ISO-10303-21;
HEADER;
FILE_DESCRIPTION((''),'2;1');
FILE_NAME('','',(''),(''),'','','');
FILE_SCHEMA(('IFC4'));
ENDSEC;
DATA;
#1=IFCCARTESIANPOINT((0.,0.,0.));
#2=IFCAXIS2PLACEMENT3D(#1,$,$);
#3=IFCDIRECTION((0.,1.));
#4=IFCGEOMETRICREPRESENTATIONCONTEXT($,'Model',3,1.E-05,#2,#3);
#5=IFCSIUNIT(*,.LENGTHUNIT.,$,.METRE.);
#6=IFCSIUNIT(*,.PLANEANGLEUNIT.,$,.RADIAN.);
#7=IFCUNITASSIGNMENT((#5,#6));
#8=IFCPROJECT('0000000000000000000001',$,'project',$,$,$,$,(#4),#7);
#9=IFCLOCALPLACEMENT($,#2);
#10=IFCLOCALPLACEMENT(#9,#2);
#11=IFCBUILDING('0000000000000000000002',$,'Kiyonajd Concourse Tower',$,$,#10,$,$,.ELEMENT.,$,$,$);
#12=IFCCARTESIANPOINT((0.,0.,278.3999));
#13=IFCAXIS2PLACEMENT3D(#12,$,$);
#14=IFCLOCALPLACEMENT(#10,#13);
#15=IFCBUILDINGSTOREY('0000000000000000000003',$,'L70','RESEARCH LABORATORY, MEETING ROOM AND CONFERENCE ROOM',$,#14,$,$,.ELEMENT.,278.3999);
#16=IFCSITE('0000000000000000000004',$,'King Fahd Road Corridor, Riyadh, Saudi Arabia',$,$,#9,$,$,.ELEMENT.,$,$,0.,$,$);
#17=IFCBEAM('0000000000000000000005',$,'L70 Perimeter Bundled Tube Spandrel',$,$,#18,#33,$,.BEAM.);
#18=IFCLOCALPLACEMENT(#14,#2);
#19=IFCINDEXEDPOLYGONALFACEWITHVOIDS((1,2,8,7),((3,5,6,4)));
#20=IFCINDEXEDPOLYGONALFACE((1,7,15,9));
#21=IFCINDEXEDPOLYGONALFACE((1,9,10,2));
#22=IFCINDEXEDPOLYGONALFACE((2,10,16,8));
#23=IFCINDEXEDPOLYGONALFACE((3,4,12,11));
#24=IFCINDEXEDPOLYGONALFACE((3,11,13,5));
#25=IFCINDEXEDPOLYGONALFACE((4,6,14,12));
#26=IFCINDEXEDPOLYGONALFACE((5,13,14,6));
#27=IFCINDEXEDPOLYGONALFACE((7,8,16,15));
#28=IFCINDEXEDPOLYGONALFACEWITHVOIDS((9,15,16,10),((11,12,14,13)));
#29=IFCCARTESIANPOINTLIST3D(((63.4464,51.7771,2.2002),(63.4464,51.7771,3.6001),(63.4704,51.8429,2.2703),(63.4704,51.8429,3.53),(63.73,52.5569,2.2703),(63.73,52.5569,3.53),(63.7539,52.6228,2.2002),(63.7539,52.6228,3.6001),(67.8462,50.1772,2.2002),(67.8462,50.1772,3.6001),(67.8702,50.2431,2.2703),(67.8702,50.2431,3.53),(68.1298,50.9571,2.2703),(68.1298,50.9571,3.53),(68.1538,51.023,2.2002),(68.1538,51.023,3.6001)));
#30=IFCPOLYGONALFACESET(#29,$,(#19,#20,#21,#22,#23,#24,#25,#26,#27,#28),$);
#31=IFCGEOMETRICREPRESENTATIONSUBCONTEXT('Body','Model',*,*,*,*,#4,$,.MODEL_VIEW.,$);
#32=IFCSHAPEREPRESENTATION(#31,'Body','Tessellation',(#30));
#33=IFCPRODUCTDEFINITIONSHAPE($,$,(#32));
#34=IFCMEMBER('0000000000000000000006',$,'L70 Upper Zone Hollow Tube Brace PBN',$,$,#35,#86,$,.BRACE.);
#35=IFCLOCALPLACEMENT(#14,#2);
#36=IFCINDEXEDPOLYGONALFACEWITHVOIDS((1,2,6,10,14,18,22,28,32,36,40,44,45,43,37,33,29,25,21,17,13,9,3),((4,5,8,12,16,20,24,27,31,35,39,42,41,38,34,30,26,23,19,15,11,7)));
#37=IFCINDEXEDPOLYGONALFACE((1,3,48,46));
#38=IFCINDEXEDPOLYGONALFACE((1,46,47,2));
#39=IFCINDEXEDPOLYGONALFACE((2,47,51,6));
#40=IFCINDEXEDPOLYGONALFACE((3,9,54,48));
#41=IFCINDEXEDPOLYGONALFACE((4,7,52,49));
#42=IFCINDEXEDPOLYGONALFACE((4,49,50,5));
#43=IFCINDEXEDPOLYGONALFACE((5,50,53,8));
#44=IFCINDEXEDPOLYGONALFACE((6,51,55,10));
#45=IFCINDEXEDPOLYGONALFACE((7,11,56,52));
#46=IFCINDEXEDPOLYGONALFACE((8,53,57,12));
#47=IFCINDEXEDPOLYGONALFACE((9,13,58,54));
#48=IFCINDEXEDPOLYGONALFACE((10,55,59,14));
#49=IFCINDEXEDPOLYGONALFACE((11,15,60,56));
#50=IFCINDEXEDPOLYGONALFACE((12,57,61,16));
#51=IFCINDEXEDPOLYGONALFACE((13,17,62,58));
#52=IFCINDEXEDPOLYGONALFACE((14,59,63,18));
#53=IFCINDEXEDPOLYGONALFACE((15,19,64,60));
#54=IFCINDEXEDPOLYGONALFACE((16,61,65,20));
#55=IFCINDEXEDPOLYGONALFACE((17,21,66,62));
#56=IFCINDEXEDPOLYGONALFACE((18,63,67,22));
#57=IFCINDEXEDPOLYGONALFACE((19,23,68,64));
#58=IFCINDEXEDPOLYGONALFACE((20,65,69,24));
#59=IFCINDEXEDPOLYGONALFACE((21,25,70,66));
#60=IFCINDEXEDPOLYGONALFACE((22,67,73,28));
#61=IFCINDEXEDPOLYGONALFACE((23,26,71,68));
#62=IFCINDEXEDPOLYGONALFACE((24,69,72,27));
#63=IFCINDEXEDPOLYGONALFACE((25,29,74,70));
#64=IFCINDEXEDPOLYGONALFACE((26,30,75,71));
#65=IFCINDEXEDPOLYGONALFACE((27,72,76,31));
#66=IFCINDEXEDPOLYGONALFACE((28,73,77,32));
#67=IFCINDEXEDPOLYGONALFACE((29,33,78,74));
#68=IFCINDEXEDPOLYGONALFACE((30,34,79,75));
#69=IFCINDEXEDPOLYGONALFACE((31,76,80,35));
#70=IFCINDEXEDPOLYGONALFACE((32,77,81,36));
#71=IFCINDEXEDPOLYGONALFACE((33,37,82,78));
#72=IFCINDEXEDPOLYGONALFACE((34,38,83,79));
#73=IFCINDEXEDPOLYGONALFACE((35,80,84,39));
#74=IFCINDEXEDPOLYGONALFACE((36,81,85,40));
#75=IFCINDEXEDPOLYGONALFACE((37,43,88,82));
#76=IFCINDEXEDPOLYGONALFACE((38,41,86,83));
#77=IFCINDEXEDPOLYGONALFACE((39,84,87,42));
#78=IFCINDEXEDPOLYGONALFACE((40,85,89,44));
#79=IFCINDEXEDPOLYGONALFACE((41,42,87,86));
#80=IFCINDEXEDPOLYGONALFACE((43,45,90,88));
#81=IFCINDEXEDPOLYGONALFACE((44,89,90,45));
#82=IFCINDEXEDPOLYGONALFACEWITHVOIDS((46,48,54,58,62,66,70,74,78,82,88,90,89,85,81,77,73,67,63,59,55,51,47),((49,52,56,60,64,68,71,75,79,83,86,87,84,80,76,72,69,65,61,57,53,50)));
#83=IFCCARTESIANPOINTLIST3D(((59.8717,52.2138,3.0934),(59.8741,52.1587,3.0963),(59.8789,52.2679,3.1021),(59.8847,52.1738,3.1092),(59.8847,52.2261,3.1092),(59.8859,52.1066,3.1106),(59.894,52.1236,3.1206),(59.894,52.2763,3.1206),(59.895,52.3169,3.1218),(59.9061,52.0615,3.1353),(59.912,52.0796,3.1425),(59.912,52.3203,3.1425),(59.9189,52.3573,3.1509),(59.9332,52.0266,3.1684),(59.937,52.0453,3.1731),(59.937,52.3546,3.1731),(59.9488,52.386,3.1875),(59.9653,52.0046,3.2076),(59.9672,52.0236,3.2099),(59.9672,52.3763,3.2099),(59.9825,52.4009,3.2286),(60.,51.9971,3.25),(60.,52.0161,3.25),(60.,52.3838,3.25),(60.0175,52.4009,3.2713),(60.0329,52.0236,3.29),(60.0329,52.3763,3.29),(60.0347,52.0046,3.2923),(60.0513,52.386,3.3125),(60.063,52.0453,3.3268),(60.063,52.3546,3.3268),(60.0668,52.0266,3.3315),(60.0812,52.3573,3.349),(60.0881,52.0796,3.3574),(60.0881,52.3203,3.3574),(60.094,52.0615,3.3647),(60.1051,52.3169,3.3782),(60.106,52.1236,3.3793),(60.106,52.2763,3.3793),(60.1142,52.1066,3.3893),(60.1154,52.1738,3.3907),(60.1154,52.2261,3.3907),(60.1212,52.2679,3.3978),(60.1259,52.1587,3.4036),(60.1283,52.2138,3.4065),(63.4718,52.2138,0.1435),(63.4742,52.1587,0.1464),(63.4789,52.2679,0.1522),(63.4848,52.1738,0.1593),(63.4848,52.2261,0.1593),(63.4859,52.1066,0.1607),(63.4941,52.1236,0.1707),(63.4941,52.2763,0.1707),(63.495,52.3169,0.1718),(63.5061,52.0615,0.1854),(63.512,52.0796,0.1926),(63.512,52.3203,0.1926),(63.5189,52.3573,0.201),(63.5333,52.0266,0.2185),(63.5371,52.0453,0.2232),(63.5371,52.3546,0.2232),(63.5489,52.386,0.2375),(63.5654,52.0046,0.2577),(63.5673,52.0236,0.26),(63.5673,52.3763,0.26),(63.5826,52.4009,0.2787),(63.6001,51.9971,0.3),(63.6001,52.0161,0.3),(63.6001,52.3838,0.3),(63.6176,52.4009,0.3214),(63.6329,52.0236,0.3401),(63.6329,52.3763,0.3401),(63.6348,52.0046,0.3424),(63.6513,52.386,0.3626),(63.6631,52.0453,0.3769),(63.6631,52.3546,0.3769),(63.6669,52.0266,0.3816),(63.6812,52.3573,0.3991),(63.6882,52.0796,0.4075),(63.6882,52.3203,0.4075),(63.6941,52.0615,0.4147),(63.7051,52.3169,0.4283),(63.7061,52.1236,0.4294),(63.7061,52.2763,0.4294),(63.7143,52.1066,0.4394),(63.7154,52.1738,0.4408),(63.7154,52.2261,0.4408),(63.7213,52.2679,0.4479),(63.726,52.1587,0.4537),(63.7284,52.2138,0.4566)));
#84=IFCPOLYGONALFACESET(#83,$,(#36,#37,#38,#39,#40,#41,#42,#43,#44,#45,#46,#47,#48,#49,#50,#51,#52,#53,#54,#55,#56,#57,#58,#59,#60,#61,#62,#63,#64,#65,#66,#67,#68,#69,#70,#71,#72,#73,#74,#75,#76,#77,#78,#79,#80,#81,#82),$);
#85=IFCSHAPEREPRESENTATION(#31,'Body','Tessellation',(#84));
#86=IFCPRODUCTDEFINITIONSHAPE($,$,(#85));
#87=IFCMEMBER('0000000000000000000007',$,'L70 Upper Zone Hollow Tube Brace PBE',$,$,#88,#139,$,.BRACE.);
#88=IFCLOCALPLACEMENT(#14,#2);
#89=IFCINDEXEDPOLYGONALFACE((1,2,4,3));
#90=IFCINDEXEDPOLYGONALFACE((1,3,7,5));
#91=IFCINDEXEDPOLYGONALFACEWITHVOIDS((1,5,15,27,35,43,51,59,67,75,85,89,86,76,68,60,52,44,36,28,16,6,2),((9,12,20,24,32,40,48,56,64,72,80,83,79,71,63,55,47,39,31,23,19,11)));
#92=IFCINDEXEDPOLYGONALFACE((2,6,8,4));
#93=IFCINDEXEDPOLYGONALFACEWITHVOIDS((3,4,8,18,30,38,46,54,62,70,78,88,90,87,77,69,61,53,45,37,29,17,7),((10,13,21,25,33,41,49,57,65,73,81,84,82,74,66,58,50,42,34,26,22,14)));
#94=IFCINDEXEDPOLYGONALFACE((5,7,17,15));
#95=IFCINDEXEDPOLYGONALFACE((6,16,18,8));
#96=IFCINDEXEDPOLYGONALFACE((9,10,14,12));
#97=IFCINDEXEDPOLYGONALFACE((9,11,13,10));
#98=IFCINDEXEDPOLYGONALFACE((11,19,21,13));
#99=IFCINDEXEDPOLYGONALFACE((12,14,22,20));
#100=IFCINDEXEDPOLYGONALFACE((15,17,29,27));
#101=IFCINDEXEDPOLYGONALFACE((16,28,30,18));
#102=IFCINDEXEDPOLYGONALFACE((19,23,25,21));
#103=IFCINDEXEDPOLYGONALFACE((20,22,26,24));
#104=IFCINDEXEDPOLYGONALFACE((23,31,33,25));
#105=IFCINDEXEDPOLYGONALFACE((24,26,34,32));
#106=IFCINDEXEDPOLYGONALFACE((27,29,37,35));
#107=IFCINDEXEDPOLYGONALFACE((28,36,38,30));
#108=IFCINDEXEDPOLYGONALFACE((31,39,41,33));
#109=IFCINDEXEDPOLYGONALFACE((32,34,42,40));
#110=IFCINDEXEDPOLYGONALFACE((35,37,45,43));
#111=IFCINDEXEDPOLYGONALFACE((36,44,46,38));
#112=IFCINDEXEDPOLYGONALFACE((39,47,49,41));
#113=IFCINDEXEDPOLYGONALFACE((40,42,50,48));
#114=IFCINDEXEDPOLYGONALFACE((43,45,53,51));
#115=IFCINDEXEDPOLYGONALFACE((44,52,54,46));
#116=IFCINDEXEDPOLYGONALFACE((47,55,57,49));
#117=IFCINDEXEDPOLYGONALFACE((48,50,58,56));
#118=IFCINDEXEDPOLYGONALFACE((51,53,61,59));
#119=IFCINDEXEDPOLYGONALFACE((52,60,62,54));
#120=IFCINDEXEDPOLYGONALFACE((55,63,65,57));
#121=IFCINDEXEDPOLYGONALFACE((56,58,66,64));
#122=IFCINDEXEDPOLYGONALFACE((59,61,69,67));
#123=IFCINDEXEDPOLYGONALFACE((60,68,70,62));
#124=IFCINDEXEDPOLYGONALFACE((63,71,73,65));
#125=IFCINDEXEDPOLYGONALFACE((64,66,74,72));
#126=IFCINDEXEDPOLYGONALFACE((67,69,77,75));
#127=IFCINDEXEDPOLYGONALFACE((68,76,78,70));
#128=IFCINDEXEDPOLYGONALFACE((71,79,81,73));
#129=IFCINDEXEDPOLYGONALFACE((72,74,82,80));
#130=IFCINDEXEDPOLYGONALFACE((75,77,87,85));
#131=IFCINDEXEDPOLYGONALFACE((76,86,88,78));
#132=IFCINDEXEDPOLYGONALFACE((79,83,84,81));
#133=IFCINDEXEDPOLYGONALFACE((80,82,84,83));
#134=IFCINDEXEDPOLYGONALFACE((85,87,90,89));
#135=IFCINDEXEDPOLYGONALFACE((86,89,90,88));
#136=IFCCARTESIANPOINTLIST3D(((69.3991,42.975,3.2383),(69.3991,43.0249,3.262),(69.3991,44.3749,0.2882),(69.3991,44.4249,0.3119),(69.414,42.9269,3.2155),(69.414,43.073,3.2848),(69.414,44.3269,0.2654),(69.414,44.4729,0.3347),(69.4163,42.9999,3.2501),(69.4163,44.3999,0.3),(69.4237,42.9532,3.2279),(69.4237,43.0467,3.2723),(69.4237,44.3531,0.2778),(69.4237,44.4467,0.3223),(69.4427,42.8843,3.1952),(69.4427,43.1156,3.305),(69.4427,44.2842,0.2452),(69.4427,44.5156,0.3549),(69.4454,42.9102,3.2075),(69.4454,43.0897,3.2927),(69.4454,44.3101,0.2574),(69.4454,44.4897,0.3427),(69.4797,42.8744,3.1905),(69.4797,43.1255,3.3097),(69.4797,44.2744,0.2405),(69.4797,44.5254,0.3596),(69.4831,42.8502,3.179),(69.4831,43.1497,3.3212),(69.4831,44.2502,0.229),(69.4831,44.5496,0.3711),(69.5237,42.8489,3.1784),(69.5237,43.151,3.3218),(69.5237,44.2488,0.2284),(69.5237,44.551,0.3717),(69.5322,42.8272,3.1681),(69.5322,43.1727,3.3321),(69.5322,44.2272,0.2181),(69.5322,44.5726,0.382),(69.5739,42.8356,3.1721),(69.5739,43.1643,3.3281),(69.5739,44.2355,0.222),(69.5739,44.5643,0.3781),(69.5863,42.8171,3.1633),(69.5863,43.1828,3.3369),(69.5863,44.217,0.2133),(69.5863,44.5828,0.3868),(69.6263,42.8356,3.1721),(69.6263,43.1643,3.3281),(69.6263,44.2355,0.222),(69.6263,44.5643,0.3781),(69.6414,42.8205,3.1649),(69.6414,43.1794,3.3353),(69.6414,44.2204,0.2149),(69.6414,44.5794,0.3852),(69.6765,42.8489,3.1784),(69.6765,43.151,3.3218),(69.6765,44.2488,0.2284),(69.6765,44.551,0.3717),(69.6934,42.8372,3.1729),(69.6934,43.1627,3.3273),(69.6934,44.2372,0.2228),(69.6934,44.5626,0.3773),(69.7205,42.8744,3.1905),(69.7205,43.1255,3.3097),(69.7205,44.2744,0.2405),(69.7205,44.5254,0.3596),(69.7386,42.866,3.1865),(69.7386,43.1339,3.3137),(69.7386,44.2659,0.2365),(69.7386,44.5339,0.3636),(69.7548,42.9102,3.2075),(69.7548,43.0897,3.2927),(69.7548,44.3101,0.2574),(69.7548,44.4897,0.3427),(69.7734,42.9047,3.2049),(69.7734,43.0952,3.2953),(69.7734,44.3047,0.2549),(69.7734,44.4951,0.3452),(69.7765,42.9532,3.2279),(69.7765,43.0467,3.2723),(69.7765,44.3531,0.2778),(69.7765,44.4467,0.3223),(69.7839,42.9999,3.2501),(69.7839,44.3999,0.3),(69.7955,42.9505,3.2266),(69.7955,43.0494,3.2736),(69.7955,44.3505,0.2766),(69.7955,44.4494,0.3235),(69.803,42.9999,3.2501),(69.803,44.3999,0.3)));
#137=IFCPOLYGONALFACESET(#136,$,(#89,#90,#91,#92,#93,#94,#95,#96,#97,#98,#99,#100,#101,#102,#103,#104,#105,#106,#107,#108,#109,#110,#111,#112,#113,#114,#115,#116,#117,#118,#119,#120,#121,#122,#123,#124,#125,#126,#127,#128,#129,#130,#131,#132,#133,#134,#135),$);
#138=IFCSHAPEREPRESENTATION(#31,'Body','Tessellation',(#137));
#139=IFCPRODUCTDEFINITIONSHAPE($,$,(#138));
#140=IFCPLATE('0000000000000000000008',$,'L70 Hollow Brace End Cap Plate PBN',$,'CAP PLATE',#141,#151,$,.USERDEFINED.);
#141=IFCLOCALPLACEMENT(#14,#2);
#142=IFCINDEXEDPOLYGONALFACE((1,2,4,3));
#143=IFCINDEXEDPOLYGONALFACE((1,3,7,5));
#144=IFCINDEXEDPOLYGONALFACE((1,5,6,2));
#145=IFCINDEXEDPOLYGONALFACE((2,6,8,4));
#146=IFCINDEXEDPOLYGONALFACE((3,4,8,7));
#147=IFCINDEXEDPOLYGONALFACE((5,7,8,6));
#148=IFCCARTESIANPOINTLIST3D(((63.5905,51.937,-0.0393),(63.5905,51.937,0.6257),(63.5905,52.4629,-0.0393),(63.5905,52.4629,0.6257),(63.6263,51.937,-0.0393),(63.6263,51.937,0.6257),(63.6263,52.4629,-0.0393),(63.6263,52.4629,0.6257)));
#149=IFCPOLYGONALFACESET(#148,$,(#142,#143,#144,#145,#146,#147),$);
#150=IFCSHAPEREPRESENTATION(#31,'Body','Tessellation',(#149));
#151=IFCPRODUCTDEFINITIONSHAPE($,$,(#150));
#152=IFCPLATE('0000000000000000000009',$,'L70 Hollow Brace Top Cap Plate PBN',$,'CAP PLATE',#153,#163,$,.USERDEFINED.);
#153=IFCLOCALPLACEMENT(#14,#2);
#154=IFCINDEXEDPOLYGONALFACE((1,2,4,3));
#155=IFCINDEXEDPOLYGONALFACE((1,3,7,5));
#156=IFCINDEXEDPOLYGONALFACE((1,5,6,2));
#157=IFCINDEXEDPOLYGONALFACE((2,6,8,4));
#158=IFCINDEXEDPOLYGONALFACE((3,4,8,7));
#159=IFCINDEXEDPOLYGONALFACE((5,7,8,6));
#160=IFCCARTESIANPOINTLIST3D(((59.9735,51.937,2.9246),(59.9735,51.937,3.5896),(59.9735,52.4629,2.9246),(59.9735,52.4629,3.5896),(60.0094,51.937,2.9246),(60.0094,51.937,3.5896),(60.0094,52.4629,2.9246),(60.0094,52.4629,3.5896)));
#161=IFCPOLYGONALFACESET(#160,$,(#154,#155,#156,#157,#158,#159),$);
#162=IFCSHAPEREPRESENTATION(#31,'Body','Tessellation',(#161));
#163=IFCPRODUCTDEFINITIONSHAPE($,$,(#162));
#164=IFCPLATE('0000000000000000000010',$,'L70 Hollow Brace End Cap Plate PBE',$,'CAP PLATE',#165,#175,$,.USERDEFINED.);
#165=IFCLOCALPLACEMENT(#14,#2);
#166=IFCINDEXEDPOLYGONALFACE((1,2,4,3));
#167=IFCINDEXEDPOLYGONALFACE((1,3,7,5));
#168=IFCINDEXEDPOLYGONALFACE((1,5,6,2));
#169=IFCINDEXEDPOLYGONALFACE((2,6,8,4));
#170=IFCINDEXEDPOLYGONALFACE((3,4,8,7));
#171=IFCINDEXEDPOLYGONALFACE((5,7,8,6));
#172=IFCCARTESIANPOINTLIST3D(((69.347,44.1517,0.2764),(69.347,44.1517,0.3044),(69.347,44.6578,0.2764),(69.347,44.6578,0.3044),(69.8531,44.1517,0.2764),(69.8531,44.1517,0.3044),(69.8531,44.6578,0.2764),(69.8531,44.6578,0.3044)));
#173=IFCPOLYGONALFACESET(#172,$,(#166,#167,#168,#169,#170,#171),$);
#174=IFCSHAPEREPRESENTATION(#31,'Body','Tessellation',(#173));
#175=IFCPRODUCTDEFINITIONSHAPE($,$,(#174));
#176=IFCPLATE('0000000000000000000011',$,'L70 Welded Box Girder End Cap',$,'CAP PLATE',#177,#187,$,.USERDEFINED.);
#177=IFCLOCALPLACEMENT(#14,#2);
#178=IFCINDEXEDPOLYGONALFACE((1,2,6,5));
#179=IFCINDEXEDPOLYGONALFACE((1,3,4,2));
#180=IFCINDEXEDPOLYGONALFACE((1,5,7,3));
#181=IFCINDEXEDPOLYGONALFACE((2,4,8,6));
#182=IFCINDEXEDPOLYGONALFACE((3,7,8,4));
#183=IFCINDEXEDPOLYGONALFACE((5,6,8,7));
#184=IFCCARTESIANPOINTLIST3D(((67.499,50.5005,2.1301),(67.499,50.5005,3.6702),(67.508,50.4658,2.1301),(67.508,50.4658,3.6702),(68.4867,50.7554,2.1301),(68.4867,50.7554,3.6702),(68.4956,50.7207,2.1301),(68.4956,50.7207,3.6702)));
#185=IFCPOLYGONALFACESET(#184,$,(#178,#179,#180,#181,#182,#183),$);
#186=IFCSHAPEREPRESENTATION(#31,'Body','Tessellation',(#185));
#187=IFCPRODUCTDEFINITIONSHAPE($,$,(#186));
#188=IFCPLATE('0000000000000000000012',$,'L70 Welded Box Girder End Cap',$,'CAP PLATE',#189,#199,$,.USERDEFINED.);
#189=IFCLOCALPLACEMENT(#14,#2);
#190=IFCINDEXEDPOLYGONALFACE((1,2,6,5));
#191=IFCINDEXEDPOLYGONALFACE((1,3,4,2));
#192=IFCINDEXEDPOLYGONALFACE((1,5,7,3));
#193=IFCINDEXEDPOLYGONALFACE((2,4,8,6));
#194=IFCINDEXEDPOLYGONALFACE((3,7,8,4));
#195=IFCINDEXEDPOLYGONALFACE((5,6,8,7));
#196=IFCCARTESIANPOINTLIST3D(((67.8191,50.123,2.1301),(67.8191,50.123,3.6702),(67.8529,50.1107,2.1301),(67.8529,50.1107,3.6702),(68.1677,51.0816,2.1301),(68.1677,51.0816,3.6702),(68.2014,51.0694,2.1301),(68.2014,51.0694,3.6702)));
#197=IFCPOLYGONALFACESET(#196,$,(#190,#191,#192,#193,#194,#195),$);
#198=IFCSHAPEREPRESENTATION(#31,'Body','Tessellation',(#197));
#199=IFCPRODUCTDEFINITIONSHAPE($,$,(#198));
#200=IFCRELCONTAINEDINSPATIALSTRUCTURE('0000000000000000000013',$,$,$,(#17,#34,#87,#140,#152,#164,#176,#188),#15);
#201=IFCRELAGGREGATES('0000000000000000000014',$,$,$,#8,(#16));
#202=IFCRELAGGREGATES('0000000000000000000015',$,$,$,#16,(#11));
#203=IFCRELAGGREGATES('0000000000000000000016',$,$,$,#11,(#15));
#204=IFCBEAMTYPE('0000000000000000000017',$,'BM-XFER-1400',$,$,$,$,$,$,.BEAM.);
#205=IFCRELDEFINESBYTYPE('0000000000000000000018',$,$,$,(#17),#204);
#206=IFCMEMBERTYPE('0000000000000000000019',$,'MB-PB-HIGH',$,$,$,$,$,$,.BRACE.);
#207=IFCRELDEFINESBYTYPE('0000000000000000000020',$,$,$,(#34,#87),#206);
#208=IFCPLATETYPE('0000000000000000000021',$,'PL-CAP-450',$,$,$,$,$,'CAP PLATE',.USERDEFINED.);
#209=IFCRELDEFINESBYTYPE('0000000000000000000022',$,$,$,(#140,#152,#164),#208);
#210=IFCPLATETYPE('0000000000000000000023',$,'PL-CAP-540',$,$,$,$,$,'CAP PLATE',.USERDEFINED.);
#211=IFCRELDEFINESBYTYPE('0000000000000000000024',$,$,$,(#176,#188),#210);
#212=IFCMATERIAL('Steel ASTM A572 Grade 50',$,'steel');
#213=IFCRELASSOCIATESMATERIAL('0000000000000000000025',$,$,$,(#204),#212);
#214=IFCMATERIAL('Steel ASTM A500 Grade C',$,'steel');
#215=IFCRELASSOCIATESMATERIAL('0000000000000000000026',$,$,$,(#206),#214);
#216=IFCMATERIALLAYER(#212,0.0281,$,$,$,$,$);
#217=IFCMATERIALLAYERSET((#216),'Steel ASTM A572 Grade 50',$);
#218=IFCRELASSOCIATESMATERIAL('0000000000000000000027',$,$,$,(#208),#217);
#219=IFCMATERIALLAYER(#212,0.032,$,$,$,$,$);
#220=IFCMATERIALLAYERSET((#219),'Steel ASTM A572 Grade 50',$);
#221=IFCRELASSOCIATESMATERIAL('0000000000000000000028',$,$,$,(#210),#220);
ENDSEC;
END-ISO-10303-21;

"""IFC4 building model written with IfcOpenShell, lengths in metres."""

from ifc_helpers import new_model, si_unit, direction, frame, origin, origin_2d, place, context, subcontext, project, spatial, rectangle, hollow_rectangle, hollow_circle, extrude, material, layer, layer_set, material_profile, profile_set, type_object, element, save


model = new_model("IFC4")

# Units and contexts
model_context = context("Model", 3, precision=1e-05, world=origin(), true_north=direction((0.0, 1.0)))
body_context = subcontext(model_context, "Body", "Model", "MODEL_VIEW")
ifc_project = project(units=[si_unit("LENGTHUNIT", "METRE"), si_unit("PLANEANGLEUNIT", "RADIAN")], contexts=[model_context])

# Site, building, storey
site_placement = place(None, origin())
site = spatial("IfcSite", under=ifc_project, at=site_placement, Name="King Fahd Road Corridor, Riyadh, Saudi Arabia", CompositionType="ELEMENT", RefElevation=0.0)
building_placement = place(site_placement, origin())
building = spatial("IfcBuilding", under=site, at=building_placement, Name="Kiyonajd Concourse Tower", CompositionType="ELEMENT")
storey_placement = place(building_placement, frame((0.0, 0.0, 278.3999)))
storey = spatial("IfcBuildingStorey", under=building, at=storey_placement, Name="L70", Description="RESEARCH LABORATORY, MEETING ROOM AND CONFERENCE ROOM", CompositionType="ELEMENT", Elevation=278.3999)

# Beam
ifc_material_1 = material(Name="Steel ASTM A572 Grade 50", Category="steel")
ifc_material_profile_1 = material_profile(ifc_material_1, hollow_rectangle(XDim=0.8999, YDim=1.3999, WallThickness=0.0701, at=origin_2d()), Name="BOX-1400x900x70")
ifc_profile_set_1 = profile_set([ifc_material_profile_1], Name="Steel ASTM A572 Grade 50")
beam_type_1 = type_object("IfcBeamType", Name="BM-XFER-1400", PredefinedType="BEAM", material=ifc_profile_set_1)
beam_1_placement = place(storey_placement, frame((68.0, 50.6001, 2.9001), z_axis=(-0.939801, 0.341722, 0.0), x_axis=(-0.341722, -0.939801, 0.0)))
element("IfcBeam", 1, at=beam_1_placement, inside=storey, type_object=beam_type_1, Name="L70 Perimeter Bundled Tube Spandrel", PredefinedType="BEAM", context=body_context, shape_type="SweptSolid", body=[
    extrude(hollow_rectangle(XDim=0.8999, YDim=1.3999, WallThickness=0.0701, at=origin_2d()), origin(), (0.0, 0.0, 1.0), 4.6816),
])

# Members
ifc_material_2 = material(Name="Steel ASTM A500 Grade C", Category="steel")
ifc_material_profile_2 = material_profile(ifc_material_2, hollow_circle(Radius=0.2029, WallThickness=0.019, at=origin_2d()), Name="CHS-406x19")
ifc_profile_set_2 = profile_set([ifc_material_profile_2], Name="Steel ASTM A500 Grade C")
member_type = type_object("IfcMemberType", Name="MB-PB-HIGH", PredefinedType="BRACE", material=ifc_profile_set_2)
member_1_placement = place(storey_placement, frame((63.6001, 52.2, 0.3), z_axis=(-0.773492, 0.0, 0.633806), x_axis=(0.0, -1.0, 0.0)))
element("IfcMember", 2, at=member_1_placement, inside=storey, type_object=member_type, Name="L70 Upper Zone Hollow Tube Brace PBN", PredefinedType="BRACE", context=body_context, shape_type="SweptSolid", body=[
    extrude(hollow_circle(Radius=0.2029, WallThickness=0.019, at=origin_2d()), origin(), (0.0, 0.0, 1.0), 4.6543),
])
member_2_placement = place(storey_placement, frame((69.6001, 44.3999, 0.3), z_axis=(0.0, -0.428726, 0.903435), x_axis=(1.0, 0.0, 0.0)))
element("IfcMember", 3, at=member_2_placement, inside=storey, type_object=member_type, Name="L70 Upper Zone Hollow Tube Brace PBE", PredefinedType="BRACE", context=body_context, shape_type="SweptSolid", body=[
    extrude(hollow_circle(Radius=0.2029, WallThickness=0.019, at=origin_2d()), origin(), (0.0, 0.0, 1.0), 3.2654),
])

# Plates
ifc_layer_1 = layer(ifc_material_1, 0.0281)
ifc_layer_set_1 = layer_set([ifc_layer_1], Name="Steel ASTM A572 Grade 50")
plate_type_1 = type_object("IfcPlateType", Name="PL-CAP-450", ElementType="CAP PLATE", PredefinedType="USERDEFINED", material=ifc_layer_set_1)
for number, where, z_axis, x_axis, name in (
    (4, (63.6084, 52.2, -0.0393), (0.0, 0.0, 1.0), (1.0, 0.0, 0.0), "L70 Hollow Brace End Cap Plate PBN"),
    (5, (59.9915, 52.2, 2.9246), (0.0, 0.0, 1.0), (-1.0, 0.0, 0.0), "L70 Hollow Brace Top Cap Plate PBN"),
):
    element("IfcPlate", number, at=place(storey_placement, frame(where, z_axis=z_axis, x_axis=x_axis)), inside=storey, type_object=plate_type_1, Name=name, ObjectType="CAP PLATE", PredefinedType="USERDEFINED", context=body_context, shape_type="SweptSolid", body=[
        extrude(rectangle(XDim=0.0359, YDim=0.5259, at=origin_2d()), origin(), (0.0, 0.0, 1.0), 0.665),
    ])
plate_placement = place(storey_placement, frame((69.6001, 44.4048, 0.2764), z_axis=(0.0, 0.0, 1.0), x_axis=(1.0, 0.0, 0.0)))
element("IfcPlate", 6, at=plate_placement, inside=storey, type_object=plate_type_1, Name="L70 Hollow Brace End Cap Plate PBE", ObjectType="CAP PLATE", PredefinedType="USERDEFINED", context=body_context, shape_type="SweptSolid", body=[
    extrude(rectangle(XDim=0.5061, YDim=0.5061, at=origin_2d()), origin(), (0.0, 0.0, 1.0), 0.0281),
])
ifc_layer_2 = layer(ifc_material_1, 0.032)
ifc_layer_set_2 = layer_set([ifc_layer_2], Name="Steel ASTM A572 Grade 50")
plate_type_2 = type_object("IfcPlateType", Name="PL-CAP-540", ElementType="CAP PLATE", PredefinedType="USERDEFINED", material=ifc_layer_set_2)
for number, where, z_axis, x_axis, name in (
    (7, (67.9973, 50.6106, 2.1301), (0.0, 0.0, 1.0), (-0.249873, 0.968279, 0.0), "L70 Welded Box Girder End Cap"),
    (8, (68.0103, 50.5962, 2.1301), (0.0, 0.0, 1.0), (0.939812, -0.341692, 0.0), "L70 Welded Box Girder End Cap"),
):
    element("IfcPlate", number, at=place(storey_placement, frame(where, z_axis=z_axis, x_axis=x_axis)), inside=storey, type_object=plate_type_2, Name=name, ObjectType="CAP PLATE", PredefinedType="USERDEFINED", context=body_context, shape_type="SweptSolid", body=[
        extrude(rectangle(XDim=0.0359, YDim=1.02, at=origin_2d()), origin(), (0.0, 0.0, 1.0), 1.54),
    ])

save(model, "model.ifc")
